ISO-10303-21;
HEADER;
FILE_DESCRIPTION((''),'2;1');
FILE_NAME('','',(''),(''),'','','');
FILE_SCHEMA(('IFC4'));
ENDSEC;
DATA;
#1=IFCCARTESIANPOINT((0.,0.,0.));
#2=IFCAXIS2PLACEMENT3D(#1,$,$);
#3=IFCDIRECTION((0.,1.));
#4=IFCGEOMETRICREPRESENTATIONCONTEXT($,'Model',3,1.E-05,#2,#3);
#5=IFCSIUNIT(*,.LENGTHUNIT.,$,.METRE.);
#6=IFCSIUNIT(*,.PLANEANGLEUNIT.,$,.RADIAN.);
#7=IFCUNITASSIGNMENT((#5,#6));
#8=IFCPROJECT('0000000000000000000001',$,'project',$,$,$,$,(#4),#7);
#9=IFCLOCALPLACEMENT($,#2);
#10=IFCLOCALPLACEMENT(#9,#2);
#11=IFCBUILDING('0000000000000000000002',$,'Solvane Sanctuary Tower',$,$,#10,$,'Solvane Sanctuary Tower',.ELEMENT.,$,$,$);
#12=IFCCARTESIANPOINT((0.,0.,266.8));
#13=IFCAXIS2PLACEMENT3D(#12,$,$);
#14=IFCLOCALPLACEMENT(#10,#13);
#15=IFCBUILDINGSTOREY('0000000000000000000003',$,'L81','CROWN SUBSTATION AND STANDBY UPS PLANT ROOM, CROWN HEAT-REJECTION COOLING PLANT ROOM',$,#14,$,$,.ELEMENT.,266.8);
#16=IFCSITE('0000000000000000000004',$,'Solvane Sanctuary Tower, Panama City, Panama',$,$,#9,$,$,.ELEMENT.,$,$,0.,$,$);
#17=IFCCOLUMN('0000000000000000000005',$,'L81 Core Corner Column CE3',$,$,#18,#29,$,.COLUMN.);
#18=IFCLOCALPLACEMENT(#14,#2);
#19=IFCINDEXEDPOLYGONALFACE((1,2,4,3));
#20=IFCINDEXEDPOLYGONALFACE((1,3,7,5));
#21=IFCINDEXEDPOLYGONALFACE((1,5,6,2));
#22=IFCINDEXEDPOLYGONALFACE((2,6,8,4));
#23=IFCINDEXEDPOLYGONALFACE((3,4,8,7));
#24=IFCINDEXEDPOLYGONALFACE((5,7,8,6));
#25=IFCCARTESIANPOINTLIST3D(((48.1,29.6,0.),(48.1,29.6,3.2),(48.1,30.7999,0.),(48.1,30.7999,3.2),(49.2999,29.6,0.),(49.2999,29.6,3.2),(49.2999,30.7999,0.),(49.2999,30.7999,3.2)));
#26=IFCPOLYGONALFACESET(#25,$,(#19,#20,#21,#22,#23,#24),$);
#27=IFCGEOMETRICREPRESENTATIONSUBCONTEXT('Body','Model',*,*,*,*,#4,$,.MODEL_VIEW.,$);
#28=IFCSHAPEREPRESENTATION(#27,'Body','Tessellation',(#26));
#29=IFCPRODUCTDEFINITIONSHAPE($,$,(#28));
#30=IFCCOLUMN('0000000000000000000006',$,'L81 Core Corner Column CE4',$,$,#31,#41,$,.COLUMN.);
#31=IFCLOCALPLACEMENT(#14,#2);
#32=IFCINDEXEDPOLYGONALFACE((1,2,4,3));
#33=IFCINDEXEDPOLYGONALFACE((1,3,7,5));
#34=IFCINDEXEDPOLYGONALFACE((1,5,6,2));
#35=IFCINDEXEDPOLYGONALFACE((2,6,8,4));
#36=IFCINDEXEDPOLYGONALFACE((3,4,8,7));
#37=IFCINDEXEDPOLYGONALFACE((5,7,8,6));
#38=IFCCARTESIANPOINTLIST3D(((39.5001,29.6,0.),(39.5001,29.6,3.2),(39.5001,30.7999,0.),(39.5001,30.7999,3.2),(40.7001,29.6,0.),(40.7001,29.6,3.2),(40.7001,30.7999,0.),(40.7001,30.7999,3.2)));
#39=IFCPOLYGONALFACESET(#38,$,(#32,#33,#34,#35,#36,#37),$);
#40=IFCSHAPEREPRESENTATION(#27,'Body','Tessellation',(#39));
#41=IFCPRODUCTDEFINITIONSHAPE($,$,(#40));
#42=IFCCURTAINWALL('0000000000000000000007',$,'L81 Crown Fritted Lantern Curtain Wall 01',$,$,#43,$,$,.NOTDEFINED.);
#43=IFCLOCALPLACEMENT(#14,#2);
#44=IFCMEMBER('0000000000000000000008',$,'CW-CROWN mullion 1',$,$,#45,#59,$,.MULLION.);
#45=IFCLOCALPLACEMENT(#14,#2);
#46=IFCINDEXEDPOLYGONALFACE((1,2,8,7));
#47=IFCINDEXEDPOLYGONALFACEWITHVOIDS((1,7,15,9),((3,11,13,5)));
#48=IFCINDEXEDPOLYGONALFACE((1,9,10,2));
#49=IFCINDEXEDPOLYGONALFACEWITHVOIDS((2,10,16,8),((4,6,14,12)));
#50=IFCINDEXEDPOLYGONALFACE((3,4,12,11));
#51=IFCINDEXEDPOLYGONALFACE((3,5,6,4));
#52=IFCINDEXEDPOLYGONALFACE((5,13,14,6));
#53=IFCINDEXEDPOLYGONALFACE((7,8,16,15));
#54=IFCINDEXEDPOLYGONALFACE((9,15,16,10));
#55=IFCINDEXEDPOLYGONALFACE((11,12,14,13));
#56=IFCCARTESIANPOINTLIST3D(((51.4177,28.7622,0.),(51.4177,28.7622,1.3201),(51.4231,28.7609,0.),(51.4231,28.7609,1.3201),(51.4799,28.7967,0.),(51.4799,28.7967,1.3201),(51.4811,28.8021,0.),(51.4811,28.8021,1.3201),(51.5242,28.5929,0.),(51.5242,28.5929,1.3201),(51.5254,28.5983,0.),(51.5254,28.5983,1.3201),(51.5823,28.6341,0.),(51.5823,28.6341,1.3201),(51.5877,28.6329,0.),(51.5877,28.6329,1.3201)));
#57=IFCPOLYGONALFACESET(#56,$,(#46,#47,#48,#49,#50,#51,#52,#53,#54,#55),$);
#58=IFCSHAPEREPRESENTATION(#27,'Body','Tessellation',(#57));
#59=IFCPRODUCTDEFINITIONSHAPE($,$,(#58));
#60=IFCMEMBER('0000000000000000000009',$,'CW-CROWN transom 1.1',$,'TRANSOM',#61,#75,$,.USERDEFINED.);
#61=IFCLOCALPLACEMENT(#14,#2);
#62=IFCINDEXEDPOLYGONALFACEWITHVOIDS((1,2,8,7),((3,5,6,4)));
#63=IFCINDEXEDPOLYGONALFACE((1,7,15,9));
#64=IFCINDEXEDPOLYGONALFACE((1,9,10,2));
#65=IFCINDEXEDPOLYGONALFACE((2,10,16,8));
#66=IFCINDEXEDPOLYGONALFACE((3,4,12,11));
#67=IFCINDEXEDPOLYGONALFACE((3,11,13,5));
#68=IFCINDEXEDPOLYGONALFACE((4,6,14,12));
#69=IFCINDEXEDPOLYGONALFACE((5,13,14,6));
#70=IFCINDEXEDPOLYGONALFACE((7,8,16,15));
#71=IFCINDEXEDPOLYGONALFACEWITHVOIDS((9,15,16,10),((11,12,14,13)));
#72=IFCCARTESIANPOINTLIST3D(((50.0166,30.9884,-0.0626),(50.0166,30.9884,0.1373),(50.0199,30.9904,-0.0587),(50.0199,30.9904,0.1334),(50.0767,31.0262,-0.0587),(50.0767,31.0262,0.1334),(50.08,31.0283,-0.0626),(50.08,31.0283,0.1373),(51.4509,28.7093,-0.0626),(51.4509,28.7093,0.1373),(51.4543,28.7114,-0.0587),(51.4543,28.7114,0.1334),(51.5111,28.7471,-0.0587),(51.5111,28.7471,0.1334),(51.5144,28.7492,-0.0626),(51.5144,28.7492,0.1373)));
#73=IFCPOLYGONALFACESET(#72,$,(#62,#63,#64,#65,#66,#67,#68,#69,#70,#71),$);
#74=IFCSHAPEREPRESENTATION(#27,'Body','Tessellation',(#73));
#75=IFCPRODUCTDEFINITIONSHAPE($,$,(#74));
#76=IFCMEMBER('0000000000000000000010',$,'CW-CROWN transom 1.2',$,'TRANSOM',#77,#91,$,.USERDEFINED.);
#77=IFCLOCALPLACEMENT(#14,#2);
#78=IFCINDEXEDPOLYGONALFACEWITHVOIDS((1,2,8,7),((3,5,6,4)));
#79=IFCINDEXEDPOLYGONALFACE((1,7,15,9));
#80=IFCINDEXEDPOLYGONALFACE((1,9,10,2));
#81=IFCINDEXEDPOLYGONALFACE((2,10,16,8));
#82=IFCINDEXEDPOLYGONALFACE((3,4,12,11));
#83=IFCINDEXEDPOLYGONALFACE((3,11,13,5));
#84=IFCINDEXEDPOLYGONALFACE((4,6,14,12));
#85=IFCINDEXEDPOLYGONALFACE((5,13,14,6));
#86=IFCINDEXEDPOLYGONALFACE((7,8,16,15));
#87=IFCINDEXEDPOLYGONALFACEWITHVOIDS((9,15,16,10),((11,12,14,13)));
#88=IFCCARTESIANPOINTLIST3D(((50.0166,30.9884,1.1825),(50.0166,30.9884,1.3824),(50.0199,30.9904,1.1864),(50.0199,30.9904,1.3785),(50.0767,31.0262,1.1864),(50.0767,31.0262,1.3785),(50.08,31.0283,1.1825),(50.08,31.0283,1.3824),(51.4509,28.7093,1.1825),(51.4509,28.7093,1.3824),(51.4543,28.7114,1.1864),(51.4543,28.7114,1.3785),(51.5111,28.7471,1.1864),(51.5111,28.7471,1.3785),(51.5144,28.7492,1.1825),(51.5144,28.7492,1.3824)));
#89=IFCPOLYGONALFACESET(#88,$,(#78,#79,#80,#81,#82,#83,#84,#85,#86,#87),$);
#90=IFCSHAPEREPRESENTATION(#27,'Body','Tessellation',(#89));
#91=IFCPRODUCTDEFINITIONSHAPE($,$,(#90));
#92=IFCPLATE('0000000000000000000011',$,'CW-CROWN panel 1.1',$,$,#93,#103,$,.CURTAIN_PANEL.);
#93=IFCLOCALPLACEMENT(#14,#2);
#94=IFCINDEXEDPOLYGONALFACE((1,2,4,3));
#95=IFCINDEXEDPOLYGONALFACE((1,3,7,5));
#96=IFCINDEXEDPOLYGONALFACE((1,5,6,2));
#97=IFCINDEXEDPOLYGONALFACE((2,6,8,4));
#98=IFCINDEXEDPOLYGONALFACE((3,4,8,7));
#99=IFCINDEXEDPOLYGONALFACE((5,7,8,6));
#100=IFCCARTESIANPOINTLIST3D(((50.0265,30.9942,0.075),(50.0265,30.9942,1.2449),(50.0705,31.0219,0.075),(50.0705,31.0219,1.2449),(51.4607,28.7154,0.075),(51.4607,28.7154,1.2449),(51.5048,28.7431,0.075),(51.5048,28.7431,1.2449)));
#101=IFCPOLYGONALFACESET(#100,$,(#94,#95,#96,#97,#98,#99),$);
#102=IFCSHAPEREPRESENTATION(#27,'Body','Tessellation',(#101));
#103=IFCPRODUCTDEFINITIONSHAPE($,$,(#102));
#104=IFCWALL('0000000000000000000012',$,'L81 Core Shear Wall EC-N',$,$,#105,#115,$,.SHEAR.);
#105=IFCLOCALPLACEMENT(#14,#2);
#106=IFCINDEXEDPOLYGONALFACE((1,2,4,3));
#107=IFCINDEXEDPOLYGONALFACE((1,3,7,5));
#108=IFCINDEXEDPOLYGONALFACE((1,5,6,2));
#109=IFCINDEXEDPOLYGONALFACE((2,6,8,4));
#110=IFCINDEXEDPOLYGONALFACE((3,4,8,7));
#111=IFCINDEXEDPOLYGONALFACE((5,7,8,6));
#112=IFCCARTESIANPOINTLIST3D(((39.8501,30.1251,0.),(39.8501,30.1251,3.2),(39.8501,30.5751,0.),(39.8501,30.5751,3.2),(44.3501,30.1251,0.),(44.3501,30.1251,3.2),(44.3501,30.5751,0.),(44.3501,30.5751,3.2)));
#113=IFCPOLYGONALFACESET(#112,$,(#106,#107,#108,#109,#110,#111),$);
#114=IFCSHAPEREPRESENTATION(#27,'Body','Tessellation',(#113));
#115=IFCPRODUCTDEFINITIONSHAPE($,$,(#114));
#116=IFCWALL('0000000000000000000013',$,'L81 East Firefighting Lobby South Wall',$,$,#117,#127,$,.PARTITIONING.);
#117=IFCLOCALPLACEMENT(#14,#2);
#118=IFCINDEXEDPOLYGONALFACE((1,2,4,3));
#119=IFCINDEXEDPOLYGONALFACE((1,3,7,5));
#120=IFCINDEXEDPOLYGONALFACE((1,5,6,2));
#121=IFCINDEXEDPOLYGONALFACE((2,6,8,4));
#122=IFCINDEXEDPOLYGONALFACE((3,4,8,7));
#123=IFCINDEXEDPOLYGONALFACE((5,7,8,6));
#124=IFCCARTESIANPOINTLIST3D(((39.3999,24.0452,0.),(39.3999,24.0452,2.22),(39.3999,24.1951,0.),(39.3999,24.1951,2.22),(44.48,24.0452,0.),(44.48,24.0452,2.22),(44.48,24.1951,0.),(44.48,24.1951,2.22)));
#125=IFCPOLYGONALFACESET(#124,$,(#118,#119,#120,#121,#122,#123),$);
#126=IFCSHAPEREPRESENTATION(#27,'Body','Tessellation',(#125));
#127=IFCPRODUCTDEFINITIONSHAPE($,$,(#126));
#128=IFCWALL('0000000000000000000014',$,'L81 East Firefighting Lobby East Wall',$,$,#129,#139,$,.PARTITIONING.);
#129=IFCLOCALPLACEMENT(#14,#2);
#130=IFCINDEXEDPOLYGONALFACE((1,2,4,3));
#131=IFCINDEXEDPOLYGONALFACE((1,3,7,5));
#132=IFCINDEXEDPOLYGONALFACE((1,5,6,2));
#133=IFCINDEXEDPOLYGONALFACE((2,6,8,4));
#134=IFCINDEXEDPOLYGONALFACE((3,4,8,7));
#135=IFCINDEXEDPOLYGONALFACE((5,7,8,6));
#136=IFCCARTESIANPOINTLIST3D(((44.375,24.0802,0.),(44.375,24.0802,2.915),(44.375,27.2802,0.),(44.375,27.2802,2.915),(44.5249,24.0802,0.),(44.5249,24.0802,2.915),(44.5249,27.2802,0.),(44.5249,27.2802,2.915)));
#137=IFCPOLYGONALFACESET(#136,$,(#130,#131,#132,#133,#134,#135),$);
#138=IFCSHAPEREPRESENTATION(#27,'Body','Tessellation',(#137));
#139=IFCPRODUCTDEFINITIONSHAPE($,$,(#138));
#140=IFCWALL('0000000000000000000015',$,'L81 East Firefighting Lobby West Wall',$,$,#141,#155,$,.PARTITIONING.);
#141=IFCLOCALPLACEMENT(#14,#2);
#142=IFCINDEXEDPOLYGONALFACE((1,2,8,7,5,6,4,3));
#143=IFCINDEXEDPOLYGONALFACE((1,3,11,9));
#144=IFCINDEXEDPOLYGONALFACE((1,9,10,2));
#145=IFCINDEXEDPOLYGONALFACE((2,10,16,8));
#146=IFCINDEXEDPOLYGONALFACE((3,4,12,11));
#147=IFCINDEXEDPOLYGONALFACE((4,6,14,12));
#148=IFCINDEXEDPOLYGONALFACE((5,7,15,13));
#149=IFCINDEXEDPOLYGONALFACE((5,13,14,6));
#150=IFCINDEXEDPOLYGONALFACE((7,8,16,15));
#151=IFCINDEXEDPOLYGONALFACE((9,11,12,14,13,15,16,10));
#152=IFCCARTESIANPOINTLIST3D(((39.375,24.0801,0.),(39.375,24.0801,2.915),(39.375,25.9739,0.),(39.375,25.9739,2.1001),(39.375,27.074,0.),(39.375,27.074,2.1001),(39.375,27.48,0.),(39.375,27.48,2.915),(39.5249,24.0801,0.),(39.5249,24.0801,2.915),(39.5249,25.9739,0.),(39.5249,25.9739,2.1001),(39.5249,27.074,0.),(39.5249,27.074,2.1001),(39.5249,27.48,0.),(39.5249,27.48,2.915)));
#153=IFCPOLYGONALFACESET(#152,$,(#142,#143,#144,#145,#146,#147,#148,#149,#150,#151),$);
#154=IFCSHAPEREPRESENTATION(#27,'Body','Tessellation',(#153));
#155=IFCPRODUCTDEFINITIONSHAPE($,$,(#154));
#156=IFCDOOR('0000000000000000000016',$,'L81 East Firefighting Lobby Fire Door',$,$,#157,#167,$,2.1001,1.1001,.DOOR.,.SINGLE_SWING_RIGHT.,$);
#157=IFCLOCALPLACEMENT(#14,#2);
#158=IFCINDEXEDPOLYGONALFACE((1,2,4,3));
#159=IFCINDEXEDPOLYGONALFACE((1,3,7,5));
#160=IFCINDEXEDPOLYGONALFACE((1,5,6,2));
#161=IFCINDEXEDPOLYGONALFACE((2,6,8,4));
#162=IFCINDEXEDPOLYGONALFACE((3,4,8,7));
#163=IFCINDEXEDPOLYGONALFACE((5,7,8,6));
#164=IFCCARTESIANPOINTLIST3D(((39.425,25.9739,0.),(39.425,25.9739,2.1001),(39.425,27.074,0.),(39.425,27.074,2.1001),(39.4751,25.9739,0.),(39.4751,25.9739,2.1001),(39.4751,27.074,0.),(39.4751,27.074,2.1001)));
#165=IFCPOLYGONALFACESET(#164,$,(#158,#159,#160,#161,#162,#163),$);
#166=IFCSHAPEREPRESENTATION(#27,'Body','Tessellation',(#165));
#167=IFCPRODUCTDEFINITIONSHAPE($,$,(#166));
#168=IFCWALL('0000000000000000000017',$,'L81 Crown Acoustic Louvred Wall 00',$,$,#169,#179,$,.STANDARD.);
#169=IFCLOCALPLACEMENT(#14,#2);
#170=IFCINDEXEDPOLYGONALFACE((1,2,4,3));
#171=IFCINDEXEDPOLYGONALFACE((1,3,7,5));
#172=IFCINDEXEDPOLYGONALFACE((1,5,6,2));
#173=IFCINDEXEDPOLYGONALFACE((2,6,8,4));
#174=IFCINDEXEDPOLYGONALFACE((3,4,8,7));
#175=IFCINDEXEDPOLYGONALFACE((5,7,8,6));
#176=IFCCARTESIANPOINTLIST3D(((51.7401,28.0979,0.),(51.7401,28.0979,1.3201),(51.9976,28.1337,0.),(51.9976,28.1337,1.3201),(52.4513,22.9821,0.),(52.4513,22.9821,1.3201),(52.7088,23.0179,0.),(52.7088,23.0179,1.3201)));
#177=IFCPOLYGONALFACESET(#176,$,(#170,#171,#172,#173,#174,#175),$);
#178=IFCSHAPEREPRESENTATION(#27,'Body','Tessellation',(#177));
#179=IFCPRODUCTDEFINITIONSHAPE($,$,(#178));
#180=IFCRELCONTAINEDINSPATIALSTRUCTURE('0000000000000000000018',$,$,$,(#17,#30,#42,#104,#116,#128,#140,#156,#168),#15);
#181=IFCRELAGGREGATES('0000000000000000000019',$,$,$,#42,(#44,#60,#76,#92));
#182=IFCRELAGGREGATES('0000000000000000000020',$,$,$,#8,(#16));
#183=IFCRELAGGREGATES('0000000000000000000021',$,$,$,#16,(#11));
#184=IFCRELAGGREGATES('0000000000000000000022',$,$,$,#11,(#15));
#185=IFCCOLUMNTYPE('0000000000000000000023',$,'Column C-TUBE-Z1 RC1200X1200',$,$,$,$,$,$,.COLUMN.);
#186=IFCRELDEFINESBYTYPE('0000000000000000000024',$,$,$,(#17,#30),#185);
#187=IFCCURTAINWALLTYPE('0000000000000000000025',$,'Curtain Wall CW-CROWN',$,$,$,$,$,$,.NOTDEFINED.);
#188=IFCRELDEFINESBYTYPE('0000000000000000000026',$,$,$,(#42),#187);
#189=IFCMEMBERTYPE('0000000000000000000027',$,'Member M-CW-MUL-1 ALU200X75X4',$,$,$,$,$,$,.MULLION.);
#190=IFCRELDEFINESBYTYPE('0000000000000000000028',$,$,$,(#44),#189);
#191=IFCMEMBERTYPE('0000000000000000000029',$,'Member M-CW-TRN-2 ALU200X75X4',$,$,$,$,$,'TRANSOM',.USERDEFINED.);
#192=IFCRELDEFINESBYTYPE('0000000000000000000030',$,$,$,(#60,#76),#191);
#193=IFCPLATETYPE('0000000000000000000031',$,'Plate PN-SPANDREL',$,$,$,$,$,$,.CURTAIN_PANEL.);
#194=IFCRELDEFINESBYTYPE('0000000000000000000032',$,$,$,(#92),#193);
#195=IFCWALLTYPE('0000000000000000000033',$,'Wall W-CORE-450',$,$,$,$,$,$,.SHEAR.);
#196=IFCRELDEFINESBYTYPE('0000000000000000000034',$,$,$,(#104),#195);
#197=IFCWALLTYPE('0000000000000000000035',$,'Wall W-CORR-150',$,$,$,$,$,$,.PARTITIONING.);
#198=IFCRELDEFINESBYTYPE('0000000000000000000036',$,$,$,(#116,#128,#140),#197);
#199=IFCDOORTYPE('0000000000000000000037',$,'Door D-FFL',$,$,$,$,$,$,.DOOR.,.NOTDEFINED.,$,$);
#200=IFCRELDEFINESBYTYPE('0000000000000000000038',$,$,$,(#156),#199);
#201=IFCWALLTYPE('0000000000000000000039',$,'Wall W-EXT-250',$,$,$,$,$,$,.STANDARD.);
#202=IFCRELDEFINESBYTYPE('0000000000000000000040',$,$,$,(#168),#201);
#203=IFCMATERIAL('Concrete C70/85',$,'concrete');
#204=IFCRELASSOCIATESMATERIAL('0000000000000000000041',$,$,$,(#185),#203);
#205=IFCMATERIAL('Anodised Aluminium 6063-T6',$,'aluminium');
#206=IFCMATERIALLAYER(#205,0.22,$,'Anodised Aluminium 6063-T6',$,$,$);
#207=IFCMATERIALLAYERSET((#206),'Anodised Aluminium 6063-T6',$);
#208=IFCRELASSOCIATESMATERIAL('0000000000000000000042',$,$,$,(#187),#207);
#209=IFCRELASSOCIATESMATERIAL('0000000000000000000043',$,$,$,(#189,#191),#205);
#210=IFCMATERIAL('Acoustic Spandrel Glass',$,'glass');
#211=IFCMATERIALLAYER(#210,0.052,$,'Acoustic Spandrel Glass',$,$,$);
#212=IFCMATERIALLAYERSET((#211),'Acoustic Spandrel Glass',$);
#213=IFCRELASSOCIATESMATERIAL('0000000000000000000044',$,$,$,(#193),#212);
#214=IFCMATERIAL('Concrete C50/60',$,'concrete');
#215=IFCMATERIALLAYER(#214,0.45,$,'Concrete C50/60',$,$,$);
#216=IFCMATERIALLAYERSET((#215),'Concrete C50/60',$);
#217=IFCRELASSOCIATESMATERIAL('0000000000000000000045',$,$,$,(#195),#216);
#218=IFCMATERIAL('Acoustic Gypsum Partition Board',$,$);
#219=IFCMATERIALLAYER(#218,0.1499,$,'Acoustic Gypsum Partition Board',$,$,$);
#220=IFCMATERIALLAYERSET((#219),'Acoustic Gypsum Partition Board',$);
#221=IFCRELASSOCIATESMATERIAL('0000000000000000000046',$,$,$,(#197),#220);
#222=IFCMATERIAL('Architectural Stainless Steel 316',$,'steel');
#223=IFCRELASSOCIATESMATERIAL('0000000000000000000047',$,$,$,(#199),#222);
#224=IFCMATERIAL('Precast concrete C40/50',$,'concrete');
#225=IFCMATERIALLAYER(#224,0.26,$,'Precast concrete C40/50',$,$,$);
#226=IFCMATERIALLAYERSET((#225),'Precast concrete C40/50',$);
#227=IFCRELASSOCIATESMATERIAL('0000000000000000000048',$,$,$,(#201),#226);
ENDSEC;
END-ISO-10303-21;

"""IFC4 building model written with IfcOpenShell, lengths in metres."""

from ifc_helpers import new_model, si_unit, direction, frame, frame_2d, origin, origin_2d, place, context, subcontext, project, spatial, rectangle, hollow_rectangle, extrude, material, layer, layer_set, material_profile, profile_set, type_object, element, fill, aggregate, save


model = new_model("IFC4")

# Units and contexts
model_context = context("Model", 3, precision=1e-05, world=origin(), true_north=direction((0.0, 1.0)))
body_context = subcontext(model_context, "Body", "Model", "MODEL_VIEW")
ifc_project = project(units=[si_unit("LENGTHUNIT", "METRE"), si_unit("PLANEANGLEUNIT", "RADIAN")], contexts=[model_context])

# Site, building, storey
site_placement = place(None, origin())
site = spatial("IfcSite", under=ifc_project, at=site_placement, Name="Solvane Sanctuary Tower, Panama City, Panama", CompositionType="ELEMENT", RefElevation=0.0)
building_placement = place(site_placement, origin())
building = spatial("IfcBuilding", under=site, at=building_placement, Name="Solvane Sanctuary Tower", LongName="Solvane Sanctuary Tower", CompositionType="ELEMENT")
storey_placement = place(building_placement, frame((0.0, 0.0, 266.8)))
storey = spatial("IfcBuildingStorey", under=building, at=storey_placement, Name="L81", Description="CROWN SUBSTATION AND STANDBY UPS PLANT ROOM, CROWN HEAT-REJECTION COOLING PLANT ROOM", CompositionType="ELEMENT", Elevation=266.8)

# Columns
ifc_material_1 = material(Name="Concrete C70/85", Category="concrete")
ifc_material_profile_1 = material_profile(ifc_material_1, rectangle(XDim=1.2, YDim=1.2, at=origin_2d()), Name="RC1200X1200")
ifc_profile_set_1 = profile_set([ifc_material_profile_1], Name="Concrete C70/85")
column_type = type_object("IfcColumnType", Name="Column C-TUBE-Z1 RC1200X1200", PredefinedType="COLUMN", material=ifc_profile_set_1)
for number, where, z_axis, x_axis, name in (
    (1, (48.7, 30.2, 0.0), (0.0, 0.0, 1.0), (1.0, 0.0, 0.0), "L81 Core Corner Column CE3"),
    (2, (40.1001, 30.2, 0.0), (0.0, 0.0, 1.0), (1.0, 0.0, 0.0), "L81 Core Corner Column CE4"),
):
    element("IfcColumn", number, at=place(storey_placement, frame(where, z_axis=z_axis, x_axis=x_axis)), inside=storey, type_object=column_type, Name=name, PredefinedType="COLUMN", context=body_context, shape_type="SweptSolid", body=[
        extrude(rectangle(XDim=1.2, YDim=1.2, at=origin_2d()), origin(), (0.0, 0.0, 1.0), 3.2),
    ])

# Curtain wall, members, plate
ifc_material_2 = material(Name="Anodised Aluminium 6063-T6", Category="aluminium")
ifc_layer_1 = layer(ifc_material_2, 0.22, Name="Anodised Aluminium 6063-T6")
ifc_layer_set_1 = layer_set([ifc_layer_1], Name="Anodised Aluminium 6063-T6")
curtain_wall_type = type_object("IfcCurtainWallType", Name="Curtain Wall CW-CROWN", PredefinedType="NOTDEFINED", material=ifc_layer_set_1)
curtain_wall_placement = place(storey_placement, origin())
curtain_wall = element("IfcCurtainWall", 3, at=curtain_wall_placement, inside=storey, type_object=curtain_wall_type, Name="L81 Crown Fritted Lantern Curtain Wall 01", PredefinedType="NOTDEFINED")
ifc_material_profile_2 = material_profile(ifc_material_2, hollow_rectangle(XDim=0.075, YDim=0.2, WallThickness=0.0039, at=origin_2d()), Name="ALU200X75X4")
ifc_profile_set_2 = profile_set([ifc_material_profile_2], Name="Anodised Aluminium 6063-T6")
member_type_1 = type_object("IfcMemberType", Name="Member M-CW-MUL-1 ALU200X75X4", PredefinedType="MULLION", material=ifc_profile_set_2)
member_1_placement = place(storey_placement, frame((51.5027, 28.6975, 0.0), z_axis=(0.0, 0.0, 1.0), x_axis=(-0.846332, -0.532656, 0.0)))
member_1 = element("IfcMember", 4, at=member_1_placement, type_object=member_type_1, Name="CW-CROWN mullion 1", PredefinedType="MULLION", context=body_context, shape_type="SweptSolid", body=[
    extrude(hollow_rectangle(XDim=0.075, YDim=0.2, WallThickness=0.0039, at=origin_2d()), origin(), (0.0, 0.0, 1.0), 1.3201),
])
ifc_material_profile_3 = material_profile(ifc_material_2, hollow_rectangle(XDim=0.075, YDim=0.2, WallThickness=0.0039, at=origin_2d()), Name="ALU200X75X4")
ifc_profile_set_3 = profile_set([ifc_material_profile_3], Name="Anodised Aluminium 6063-T6")
member_type_2 = type_object("IfcMemberType", Name="Member M-CW-TRN-2 ALU200X75X4", ElementType="TRANSOM", PredefinedType="USERDEFINED", material=ifc_profile_set_3)
member_2_placement = place(storey_placement, frame((51.4827, 28.7292, 0.0374), z_axis=(-0.532645, 0.846339, 0.0), x_axis=(-0.846339, -0.532645, 0.0)))
member_2 = element("IfcMember", 5, at=member_2_placement, type_object=member_type_2, Name="CW-CROWN transom 1.1", ObjectType="TRANSOM", PredefinedType="USERDEFINED", context=body_context, shape_type="SweptSolid", body=[
    extrude(hollow_rectangle(XDim=0.075, YDim=0.2, WallThickness=0.0039, at=origin_2d()), origin(), (0.0, 0.0, 1.0), 2.6929),
])
member_3_placement = place(storey_placement, frame((51.4827, 28.7292, 1.2825), z_axis=(-0.532645, 0.846339, 0.0), x_axis=(-0.846339, -0.532645, 0.0)))
member_3 = element("IfcMember", 6, at=member_3_placement, type_object=member_type_2, Name="CW-CROWN transom 1.2", ObjectType="TRANSOM", PredefinedType="USERDEFINED", context=body_context, shape_type="SweptSolid", body=[
    extrude(hollow_rectangle(XDim=0.075, YDim=0.2, WallThickness=0.0039, at=origin_2d()), origin(), (0.0, 0.0, 1.0), 2.6929),
])
ifc_material_3 = material(Name="Acoustic Spandrel Glass", Category="glass")
ifc_layer_2 = layer(ifc_material_3, 0.052, Name="Acoustic Spandrel Glass")
ifc_layer_set_2 = layer_set([ifc_layer_2], Name="Acoustic Spandrel Glass")
plate_type = type_object("IfcPlateType", Name="Plate PN-SPANDREL", PredefinedType="CURTAIN_PANEL", material=ifc_layer_set_2)
plate_placement = place(storey_placement, frame((50.7656, 29.8687, 0.075), z_axis=(0.0, 0.0, 1.0), x_axis=(-0.532656, 0.846332, 0.0)))
plate = element("IfcPlate", 7, at=plate_placement, type_object=plate_type, Name="CW-CROWN panel 1.1", PredefinedType="CURTAIN_PANEL", context=body_context, shape_type="SweptSolid", body=[
    extrude(rectangle(XDim=2.6926, YDim=0.052, at=origin_2d()), origin(), (0.0, 0.0, 1.0), 1.1699),
])
aggregate(curtain_wall, [member_1, member_2, member_3, plate])

# Walls
ifc_material_4 = material(Name="Concrete C50/60", Category="concrete")
ifc_layer_3 = layer(ifc_material_4, 0.45, Name="Concrete C50/60")
ifc_layer_set_3 = layer_set([ifc_layer_3], Name="Concrete C50/60")
wall_type_1 = type_object("IfcWallType", Name="Wall W-CORE-450", PredefinedType="SHEAR", material=ifc_layer_set_3)
wall_1_placement = place(storey_placement, frame((39.8501, 30.3501, 0.0), z_axis=(0.0, 0.0, 1.0), x_axis=(1.0, 0.0, 0.0)))
element("IfcWall", 8, at=wall_1_placement, inside=storey, type_object=wall_type_1, Name="L81 Core Shear Wall EC-N", PredefinedType="SHEAR", context=body_context, shape_type="SweptSolid", body=[
    extrude(rectangle(XDim=4.5, YDim=0.45, at=frame_2d((2.25, 0.0))), origin(), (0.0, 0.0, 1.0), 3.2),
])
ifc_material_5 = material(Name="Acoustic Gypsum Partition Board")
ifc_layer_4 = layer(ifc_material_5, 0.1499, Name="Acoustic Gypsum Partition Board")
ifc_layer_set_4 = layer_set([ifc_layer_4], Name="Acoustic Gypsum Partition Board")
wall_type_2 = type_object("IfcWallType", Name="Wall W-CORR-150", PredefinedType="PARTITIONING", material=ifc_layer_set_4)
wall_2_placement = place(storey_placement, frame((39.3999, 24.1201, 0.0), z_axis=(0.0, 0.0, 1.0), x_axis=(1.0, 0.0, 0.0)))
element("IfcWall", 9, at=wall_2_placement, inside=storey, type_object=wall_type_2, Name="L81 East Firefighting Lobby South Wall", PredefinedType="PARTITIONING", context=body_context, shape_type="SweptSolid", body=[
    extrude(rectangle(XDim=5.0801, YDim=0.1499, at=frame_2d((2.54, 0.0))), origin(), (0.0, 0.0, 1.0), 2.22),
])
wall_3_placement = place(storey_placement, frame((44.45, 24.0801, 0.0), z_axis=(0.0, 0.0, 1.0), x_axis=(0.0, 1.0, 0.0)))
element("IfcWall", 10, at=wall_3_placement, inside=storey, type_object=wall_type_2, Name="L81 East Firefighting Lobby East Wall", PredefinedType="PARTITIONING", context=body_context, shape_type="SweptSolid", body=[
    extrude(rectangle(XDim=3.2, YDim=0.1499, at=frame_2d((1.6001, 0.0))), origin(), (0.0, 0.0, 1.0), 2.915),
])

# Wall, opening, door
wall_4_placement = place(storey_placement, frame((39.45, 24.0801, 0.0), z_axis=(0.0, 0.0, 1.0), x_axis=(0.0, 1.0, 0.0)))
wall_4 = element("IfcWall", 11, at=wall_4_placement, inside=storey, type_object=wall_type_2, Name="L81 East Firefighting Lobby West Wall", PredefinedType="PARTITIONING", context=body_context, shape_type="SweptSolid", body=[
    extrude(rectangle(XDim=3.3999, YDim=0.1499, at=frame_2d((1.7, 0.0))), origin(), (0.0, 0.0, 1.0), 2.915),
])
opening_1_placement = place(wall_4_placement, frame((1.8938, 0.0, 0.0)))
opening_1 = element("IfcOpeningElement", 12, at=opening_1_placement, cuts=wall_4, PredefinedType="OPENING", context=body_context, shape_type="SweptSolid", body=[
    extrude(rectangle(XDim=1.1001, YDim=2.1001, at=frame_2d((0.55, 1.05))), frame((0.0, 0.085, 0.0), z_axis=(0.0, -1.0, 0.0), x_axis=(1.0, 0.0, 0.0)), (0.0, 0.0, 1.0), 0.1699),
])
ifc_material_6 = material(Name="Architectural Stainless Steel 316", Category="steel")
door_type_1 = type_object("IfcDoorType", Name="Door D-FFL", OperationType="NOTDEFINED", PredefinedType="DOOR", material=ifc_material_6)
door_1_placement = place(opening_1_placement, origin())
door_1 = element("IfcDoor", 13, at=door_1_placement, inside=storey, type_object=door_type_1, Name="L81 East Firefighting Lobby Fire Door", OperationType="SINGLE_SWING_RIGHT", OverallHeight=2.1001, OverallWidth=1.1001, PredefinedType="DOOR", context=body_context, shape_type="SweptSolid", body=[
    extrude(rectangle(XDim=1.1001, YDim=2.1001, at=frame_2d((0.55, 1.05))), frame((0.0, 0.0249, 0.0), z_axis=(0.0, -1.0, 0.0), x_axis=(1.0, 0.0, 0.0)), (0.0, 0.0, 1.0), 0.05),
])
fill(opening_1, door_1)

# Wall
ifc_material_7 = material(Name="Precast concrete C40/50", Category="concrete")
ifc_layer_5 = layer(ifc_material_7, 0.26, Name="Precast concrete C40/50")
ifc_layer_set_5 = layer_set([ifc_layer_5], Name="Precast concrete C40/50")
wall_type_3 = type_object("IfcWallType", Name="Wall W-EXT-250", PredefinedType="STANDARD", material=ifc_layer_set_5)
wall_5_placement = place(storey_placement, frame((52.5801, 23.0, 0.0), z_axis=(0.0, 0.0, 1.0), x_axis=(-0.137695, 0.990475, 0.0)))
element("IfcWall", 14, at=wall_5_placement, inside=storey, type_object=wall_type_3, Name="L81 Crown Acoustic Louvred Wall 00", PredefinedType="STANDARD", context=body_context, shape_type="SweptSolid", body=[
    extrude(rectangle(XDim=5.165, YDim=0.26, at=frame_2d((2.5825, 0.0))), origin(), (0.0, 0.0, 1.0), 1.3201),
])

save(model, "model.ifc")
